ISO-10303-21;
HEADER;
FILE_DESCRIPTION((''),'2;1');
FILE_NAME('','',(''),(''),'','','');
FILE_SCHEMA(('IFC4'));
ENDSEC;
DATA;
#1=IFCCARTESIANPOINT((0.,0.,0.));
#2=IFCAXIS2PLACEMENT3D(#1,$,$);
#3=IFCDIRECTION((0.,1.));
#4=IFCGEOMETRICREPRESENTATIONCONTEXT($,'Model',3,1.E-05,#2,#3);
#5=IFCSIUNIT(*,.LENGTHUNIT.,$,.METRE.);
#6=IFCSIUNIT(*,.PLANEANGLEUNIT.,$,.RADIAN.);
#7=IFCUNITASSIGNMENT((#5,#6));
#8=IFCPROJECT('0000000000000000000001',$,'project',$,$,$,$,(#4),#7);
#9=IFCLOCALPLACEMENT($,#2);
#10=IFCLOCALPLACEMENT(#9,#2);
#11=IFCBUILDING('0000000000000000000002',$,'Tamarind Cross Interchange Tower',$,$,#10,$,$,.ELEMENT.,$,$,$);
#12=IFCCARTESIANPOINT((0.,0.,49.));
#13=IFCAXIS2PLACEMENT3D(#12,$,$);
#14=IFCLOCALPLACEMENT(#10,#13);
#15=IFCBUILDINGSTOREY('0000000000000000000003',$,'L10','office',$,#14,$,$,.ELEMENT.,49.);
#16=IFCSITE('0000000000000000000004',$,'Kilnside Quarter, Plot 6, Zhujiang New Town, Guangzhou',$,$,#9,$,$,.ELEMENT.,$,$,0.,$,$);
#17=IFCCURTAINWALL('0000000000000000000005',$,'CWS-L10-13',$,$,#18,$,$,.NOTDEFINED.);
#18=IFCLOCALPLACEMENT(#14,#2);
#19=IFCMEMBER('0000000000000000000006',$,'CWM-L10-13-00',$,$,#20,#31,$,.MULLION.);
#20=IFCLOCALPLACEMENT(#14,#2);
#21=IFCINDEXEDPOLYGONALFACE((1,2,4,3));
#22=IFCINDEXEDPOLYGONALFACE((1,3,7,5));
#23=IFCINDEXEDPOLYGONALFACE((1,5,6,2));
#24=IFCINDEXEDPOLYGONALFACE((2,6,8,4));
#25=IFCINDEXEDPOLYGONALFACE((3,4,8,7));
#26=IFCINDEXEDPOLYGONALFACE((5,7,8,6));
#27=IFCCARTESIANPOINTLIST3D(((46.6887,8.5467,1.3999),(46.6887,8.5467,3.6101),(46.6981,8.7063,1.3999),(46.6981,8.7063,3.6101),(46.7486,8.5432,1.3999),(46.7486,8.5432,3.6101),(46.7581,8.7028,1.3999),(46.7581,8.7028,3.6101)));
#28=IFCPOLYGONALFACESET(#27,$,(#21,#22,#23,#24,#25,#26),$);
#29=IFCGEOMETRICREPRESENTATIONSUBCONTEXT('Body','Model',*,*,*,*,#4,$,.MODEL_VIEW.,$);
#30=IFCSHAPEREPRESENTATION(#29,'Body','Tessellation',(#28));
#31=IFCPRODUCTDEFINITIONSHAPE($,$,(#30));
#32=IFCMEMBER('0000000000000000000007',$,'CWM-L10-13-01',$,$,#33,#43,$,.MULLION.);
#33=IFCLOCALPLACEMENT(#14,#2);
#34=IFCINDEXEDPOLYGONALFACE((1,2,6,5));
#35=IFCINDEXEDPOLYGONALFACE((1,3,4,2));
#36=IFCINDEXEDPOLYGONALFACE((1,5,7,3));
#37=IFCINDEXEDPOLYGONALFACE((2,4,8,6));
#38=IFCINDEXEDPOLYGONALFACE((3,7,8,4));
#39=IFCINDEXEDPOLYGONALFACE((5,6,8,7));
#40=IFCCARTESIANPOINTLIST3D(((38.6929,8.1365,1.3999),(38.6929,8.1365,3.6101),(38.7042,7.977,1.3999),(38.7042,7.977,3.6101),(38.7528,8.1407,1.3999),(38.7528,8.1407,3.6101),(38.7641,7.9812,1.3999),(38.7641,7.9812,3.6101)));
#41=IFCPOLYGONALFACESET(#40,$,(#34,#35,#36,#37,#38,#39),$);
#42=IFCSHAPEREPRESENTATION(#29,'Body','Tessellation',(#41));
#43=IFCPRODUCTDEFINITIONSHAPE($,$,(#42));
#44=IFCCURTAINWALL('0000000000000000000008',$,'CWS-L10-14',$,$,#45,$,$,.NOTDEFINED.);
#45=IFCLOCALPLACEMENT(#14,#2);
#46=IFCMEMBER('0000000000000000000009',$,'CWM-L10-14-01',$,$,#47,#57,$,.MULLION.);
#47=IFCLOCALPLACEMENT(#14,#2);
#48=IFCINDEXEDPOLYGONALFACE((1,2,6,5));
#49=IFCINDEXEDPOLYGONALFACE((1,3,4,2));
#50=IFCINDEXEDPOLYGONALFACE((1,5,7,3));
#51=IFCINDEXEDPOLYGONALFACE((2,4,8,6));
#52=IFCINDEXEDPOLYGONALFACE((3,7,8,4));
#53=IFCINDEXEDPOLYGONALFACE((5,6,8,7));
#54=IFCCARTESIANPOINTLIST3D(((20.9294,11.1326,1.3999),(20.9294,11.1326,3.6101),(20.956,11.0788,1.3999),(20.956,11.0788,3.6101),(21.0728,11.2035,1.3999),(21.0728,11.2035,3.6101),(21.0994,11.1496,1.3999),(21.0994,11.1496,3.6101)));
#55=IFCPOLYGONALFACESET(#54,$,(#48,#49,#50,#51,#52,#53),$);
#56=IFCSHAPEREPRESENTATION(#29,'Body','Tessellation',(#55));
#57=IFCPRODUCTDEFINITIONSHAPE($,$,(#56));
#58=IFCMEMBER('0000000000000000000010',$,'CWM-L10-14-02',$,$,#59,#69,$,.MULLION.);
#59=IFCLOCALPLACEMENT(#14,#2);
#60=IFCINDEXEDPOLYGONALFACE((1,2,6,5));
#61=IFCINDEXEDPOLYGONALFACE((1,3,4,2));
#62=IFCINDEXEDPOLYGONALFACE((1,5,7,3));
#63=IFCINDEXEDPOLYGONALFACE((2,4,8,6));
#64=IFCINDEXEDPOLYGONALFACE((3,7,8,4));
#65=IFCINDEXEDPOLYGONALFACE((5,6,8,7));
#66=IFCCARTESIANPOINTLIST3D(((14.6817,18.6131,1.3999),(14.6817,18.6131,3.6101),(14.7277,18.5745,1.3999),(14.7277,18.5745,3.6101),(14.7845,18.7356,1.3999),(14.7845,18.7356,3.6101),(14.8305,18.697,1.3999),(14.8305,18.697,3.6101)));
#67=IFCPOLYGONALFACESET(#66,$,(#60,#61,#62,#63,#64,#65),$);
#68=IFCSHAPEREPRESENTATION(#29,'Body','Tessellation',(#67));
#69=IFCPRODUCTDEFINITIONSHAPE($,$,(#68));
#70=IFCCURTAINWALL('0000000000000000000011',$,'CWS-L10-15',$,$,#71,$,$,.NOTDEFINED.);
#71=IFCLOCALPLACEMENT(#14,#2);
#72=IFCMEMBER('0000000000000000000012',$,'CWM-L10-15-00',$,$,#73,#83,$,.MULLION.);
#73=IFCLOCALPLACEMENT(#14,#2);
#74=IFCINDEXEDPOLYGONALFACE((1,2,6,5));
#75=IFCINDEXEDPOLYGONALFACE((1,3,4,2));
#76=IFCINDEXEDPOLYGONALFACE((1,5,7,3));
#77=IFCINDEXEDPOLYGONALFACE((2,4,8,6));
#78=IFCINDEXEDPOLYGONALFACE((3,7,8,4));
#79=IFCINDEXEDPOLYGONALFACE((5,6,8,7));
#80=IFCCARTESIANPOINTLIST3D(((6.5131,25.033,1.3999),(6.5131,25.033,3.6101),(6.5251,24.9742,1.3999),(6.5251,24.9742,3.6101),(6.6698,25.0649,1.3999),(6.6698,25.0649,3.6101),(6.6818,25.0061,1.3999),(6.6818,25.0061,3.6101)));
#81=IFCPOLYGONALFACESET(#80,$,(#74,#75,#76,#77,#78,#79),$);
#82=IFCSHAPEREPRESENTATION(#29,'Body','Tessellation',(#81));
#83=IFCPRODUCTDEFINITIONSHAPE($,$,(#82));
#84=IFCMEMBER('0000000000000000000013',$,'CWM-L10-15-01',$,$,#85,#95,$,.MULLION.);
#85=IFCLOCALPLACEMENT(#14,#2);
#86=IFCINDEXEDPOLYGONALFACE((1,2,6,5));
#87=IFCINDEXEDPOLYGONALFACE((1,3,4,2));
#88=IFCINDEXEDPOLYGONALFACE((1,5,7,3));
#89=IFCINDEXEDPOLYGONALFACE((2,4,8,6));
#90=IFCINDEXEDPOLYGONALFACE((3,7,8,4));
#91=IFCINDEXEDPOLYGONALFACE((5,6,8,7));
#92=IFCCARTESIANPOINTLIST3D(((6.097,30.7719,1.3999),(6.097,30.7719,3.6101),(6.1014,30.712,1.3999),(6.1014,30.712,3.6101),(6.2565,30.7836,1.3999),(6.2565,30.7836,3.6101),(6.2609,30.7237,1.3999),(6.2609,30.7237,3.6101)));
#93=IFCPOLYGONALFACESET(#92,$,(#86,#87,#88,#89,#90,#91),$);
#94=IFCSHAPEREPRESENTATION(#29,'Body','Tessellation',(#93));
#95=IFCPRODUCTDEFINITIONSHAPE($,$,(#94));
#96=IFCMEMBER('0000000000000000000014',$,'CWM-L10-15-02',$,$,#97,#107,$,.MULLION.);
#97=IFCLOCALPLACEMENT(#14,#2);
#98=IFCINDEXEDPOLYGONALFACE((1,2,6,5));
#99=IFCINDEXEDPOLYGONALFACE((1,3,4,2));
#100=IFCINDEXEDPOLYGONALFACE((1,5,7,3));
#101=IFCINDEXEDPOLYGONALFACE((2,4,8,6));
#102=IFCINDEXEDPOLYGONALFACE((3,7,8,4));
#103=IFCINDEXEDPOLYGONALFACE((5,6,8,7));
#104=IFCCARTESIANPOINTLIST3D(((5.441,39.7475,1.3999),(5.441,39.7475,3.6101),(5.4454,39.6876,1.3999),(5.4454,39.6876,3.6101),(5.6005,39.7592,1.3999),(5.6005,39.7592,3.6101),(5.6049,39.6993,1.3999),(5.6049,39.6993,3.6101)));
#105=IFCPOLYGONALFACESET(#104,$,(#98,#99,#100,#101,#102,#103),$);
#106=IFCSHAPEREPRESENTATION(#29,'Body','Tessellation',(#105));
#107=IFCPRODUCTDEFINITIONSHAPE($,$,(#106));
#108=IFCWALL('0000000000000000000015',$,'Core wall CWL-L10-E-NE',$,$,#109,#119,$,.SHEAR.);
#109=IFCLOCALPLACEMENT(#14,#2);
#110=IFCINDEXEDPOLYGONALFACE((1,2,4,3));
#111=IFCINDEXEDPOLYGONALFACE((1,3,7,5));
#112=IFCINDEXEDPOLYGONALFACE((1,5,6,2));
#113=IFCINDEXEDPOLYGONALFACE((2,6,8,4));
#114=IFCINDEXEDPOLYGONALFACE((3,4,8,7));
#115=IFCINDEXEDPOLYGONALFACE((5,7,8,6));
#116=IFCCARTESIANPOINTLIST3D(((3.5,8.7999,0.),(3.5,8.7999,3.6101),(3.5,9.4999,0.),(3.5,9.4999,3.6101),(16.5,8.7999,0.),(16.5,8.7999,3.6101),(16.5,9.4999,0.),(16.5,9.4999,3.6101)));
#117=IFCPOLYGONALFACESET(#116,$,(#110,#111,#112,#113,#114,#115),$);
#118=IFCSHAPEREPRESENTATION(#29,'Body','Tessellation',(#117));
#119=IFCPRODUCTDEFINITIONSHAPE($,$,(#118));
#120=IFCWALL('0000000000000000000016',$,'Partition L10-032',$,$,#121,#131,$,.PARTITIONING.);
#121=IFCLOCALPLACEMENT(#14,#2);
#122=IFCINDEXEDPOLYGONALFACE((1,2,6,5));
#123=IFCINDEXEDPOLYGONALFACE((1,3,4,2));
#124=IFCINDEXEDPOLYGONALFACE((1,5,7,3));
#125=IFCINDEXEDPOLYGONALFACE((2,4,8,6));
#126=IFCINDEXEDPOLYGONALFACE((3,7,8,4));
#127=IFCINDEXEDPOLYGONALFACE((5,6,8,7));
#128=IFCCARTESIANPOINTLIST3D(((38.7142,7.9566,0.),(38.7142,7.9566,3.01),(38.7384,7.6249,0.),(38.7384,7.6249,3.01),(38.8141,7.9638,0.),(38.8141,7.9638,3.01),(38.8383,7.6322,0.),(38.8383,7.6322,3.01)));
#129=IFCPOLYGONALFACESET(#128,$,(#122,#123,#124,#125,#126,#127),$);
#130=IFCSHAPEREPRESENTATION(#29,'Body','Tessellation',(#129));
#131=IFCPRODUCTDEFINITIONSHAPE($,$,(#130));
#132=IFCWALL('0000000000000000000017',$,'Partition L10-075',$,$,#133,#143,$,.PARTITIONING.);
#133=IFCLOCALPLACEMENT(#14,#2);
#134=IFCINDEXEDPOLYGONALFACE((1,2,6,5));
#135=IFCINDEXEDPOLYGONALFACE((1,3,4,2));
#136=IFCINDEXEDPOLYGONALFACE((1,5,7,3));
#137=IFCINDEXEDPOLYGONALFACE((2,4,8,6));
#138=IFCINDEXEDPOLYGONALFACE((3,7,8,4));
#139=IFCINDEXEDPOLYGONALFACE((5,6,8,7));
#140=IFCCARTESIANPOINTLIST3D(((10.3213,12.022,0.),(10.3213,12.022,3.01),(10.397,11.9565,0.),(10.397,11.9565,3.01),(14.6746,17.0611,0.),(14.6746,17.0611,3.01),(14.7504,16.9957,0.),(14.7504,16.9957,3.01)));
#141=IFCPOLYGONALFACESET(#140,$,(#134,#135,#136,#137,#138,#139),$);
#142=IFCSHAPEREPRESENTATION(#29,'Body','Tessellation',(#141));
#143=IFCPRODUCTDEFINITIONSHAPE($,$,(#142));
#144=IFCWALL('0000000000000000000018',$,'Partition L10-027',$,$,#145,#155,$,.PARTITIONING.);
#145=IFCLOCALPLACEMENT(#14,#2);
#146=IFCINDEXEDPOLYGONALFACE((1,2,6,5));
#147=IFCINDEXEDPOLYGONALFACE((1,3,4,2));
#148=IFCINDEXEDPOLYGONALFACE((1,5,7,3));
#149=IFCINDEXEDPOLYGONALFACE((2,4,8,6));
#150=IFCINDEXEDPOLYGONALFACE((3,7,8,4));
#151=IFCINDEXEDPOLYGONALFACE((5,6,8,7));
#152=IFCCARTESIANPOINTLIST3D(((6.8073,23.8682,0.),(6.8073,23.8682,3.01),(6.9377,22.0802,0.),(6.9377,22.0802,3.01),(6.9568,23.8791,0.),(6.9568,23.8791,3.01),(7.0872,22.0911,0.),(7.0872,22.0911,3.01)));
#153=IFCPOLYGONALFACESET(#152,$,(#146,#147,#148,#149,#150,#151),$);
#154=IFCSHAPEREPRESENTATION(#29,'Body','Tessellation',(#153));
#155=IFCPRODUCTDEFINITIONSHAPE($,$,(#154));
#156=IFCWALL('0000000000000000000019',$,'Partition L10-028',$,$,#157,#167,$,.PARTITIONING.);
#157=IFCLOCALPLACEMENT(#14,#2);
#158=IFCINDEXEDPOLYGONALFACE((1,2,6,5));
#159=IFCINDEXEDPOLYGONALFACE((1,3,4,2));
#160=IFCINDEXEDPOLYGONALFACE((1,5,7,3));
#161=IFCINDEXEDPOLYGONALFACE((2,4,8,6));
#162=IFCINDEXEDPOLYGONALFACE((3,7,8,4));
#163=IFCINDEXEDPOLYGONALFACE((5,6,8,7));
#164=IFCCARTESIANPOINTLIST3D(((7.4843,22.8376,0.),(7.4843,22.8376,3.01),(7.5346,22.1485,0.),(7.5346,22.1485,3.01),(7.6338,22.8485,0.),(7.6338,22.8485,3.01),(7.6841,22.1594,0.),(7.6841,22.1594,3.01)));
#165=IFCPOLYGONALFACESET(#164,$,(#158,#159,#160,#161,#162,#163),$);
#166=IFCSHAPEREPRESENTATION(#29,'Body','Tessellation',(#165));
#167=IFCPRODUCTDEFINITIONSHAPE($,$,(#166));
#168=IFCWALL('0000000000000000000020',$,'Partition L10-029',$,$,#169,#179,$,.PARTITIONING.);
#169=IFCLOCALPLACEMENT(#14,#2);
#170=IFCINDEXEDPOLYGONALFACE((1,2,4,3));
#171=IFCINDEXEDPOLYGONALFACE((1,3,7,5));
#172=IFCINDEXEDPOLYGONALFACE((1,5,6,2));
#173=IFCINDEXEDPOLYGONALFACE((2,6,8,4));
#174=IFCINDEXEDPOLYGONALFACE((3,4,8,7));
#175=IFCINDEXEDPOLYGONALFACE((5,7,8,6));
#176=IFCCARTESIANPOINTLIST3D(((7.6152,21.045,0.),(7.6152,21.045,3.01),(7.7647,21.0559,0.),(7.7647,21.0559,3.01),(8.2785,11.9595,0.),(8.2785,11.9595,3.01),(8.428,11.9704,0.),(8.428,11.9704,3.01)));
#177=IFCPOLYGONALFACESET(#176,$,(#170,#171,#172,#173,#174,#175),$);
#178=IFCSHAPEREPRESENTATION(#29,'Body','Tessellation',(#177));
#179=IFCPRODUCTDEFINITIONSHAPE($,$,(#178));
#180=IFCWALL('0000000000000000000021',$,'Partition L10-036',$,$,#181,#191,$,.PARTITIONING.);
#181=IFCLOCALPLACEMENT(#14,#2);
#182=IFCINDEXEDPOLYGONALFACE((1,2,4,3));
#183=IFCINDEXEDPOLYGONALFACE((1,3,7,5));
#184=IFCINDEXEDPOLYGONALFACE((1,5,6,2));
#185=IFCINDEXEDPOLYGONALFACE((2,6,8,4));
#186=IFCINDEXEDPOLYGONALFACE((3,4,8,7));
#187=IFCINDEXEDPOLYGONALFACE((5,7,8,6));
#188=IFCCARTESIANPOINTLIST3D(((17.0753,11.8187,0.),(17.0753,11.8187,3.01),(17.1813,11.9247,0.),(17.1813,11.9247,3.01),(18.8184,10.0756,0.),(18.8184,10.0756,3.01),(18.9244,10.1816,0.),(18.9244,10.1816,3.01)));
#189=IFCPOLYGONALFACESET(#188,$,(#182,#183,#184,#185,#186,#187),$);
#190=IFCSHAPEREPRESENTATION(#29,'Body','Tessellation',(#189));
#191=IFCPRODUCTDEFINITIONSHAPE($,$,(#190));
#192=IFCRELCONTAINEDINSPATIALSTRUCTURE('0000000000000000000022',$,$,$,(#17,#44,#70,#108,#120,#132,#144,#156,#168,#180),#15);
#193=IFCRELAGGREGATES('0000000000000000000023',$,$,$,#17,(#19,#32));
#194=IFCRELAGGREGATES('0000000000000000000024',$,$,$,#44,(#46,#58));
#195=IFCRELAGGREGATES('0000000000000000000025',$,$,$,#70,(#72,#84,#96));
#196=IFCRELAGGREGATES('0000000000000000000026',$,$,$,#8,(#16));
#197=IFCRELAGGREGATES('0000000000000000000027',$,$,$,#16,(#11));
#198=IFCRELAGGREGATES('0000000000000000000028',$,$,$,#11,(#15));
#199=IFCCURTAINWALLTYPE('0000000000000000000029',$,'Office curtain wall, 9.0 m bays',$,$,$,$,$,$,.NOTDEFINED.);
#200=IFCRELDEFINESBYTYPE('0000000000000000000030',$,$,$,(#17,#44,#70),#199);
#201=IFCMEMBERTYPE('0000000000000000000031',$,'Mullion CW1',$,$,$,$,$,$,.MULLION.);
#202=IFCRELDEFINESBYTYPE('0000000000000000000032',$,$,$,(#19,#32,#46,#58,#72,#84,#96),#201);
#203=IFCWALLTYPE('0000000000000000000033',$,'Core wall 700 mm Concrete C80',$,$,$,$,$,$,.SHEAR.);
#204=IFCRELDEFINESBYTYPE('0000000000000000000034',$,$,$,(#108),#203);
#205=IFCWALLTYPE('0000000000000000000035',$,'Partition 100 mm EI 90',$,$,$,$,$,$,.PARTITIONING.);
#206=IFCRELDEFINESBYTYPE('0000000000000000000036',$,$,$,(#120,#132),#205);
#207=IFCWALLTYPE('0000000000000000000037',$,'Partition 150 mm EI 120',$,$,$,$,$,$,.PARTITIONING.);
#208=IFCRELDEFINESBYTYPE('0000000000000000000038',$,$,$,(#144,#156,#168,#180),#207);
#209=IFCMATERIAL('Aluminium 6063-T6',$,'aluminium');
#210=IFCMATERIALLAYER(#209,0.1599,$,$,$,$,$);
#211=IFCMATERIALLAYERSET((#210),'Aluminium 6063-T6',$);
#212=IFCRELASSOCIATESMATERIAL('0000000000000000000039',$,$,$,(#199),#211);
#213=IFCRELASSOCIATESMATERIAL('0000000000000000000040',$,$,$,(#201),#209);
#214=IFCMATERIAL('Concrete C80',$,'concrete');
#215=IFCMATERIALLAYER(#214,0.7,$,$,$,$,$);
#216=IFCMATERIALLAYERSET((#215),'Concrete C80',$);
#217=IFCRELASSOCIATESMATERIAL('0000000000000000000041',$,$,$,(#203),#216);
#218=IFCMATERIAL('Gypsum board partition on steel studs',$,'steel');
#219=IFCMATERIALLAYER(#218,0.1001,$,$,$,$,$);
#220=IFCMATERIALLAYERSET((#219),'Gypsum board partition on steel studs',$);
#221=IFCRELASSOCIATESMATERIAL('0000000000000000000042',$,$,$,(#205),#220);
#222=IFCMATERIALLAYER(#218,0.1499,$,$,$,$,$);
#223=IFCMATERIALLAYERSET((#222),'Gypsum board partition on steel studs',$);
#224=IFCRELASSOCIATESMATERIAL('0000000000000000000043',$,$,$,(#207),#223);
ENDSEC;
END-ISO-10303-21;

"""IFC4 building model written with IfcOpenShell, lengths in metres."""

from ifc_helpers import new_model, si_unit, direction, frame, frame_2d, origin, origin_2d, place, context, subcontext, project, spatial, rectangle, extrude, material, layer, layer_set, material_profile, profile_set, type_object, element, aggregate, save


model = new_model("IFC4")

# Units and contexts
model_context = context("Model", 3, precision=1e-05, world=origin(), true_north=direction((0.0, 1.0)))
body_context = subcontext(model_context, "Body", "Model", "MODEL_VIEW")
ifc_project = project(units=[si_unit("LENGTHUNIT", "METRE"), si_unit("PLANEANGLEUNIT", "RADIAN")], contexts=[model_context])

# Site, building, storey
site_placement = place(None, origin())
site = spatial("IfcSite", under=ifc_project, at=site_placement, Name="Kilnside Quarter, Plot 6, Zhujiang New Town, Guangzhou", CompositionType="ELEMENT", RefElevation=0.0)
building_placement = place(site_placement, origin())
building = spatial("IfcBuilding", under=site, at=building_placement, Name="Tamarind Cross Interchange Tower", CompositionType="ELEMENT")
storey_placement = place(building_placement, frame((0.0, 0.0, 49.0)))
storey = spatial("IfcBuildingStorey", under=building, at=storey_placement, Name="L10", Description="office", CompositionType="ELEMENT", Elevation=49.0)

# Curtain walls, members
ifc_material_1 = material(Name="Aluminium 6063-T6", Category="aluminium")
ifc_layer_1 = layer(ifc_material_1, 0.1599)
ifc_layer_set_1 = layer_set([ifc_layer_1], Name="Aluminium 6063-T6")
curtain_wall_type = type_object("IfcCurtainWallType", Name="Office curtain wall, 9.0 m bays", PredefinedType="NOTDEFINED", material=ifc_layer_set_1)
curtain_wall_1_placement = place(storey_placement, origin())
curtain_wall_1 = element("IfcCurtainWall", 1, at=curtain_wall_1_placement, inside=storey, type_object=curtain_wall_type, Name="CWS-L10-13", PredefinedType="NOTDEFINED")
ifc_material_profile_1 = material_profile(ifc_material_1, rectangle(XDim=0.0601, YDim=0.1599, at=origin_2d()), Name="Mullion CW1")
ifc_profile_set_1 = profile_set([ifc_material_profile_1], Name="Aluminium 6063-T6")
member_type = type_object("IfcMemberType", Name="Mullion CW1", PredefinedType="MULLION", material=ifc_profile_set_1)
member_1_placement = place(storey_placement, frame((46.7234, 8.6248, 1.3999), z_axis=(0.0, 0.0, 1.0), x_axis=(-0.998254, 0.059069, 0.0)))
member_1 = element("IfcMember", 2, at=member_1_placement, type_object=member_type, Name="CWM-L10-13-00", PredefinedType="MULLION", context=body_context, shape_type="SweptSolid", body=[
    extrude(rectangle(XDim=0.0601, YDim=0.1599, at=origin_2d()), origin(), (0.0, 0.0, 1.0), 2.2102),
])
member_2_placement = place(storey_placement, frame((38.7285, 8.0588, 1.3999), z_axis=(0.0, 0.0, 1.0), x_axis=(-0.997505, -0.070594, 0.0)))
member_2 = element("IfcMember", 3, at=member_2_placement, type_object=member_type, Name="CWM-L10-13-01", PredefinedType="MULLION", context=body_context, shape_type="SweptSolid", body=[
    extrude(rectangle(XDim=0.0601, YDim=0.1599, at=origin_2d()), origin(), (0.0, 0.0, 1.0), 2.2102),
])
aggregate(curtain_wall_1, [member_1, member_2])
curtain_wall_2_placement = place(storey_placement, origin())
curtain_wall_2 = element("IfcCurtainWall", 4, at=curtain_wall_2_placement, inside=storey, type_object=curtain_wall_type, Name="CWS-L10-14", PredefinedType="NOTDEFINED")
member_3_placement = place(storey_placement, frame((21.0144, 11.1411, 1.3999), z_axis=(0.0, 0.0, 1.0), x_axis=(-0.443059, 0.896493, 0.0)))
member_3 = element("IfcMember", 5, at=member_3_placement, type_object=member_type, Name="CWM-L10-14-01", PredefinedType="MULLION", context=body_context, shape_type="SweptSolid", body=[
    extrude(rectangle(XDim=0.0601, YDim=0.1599, at=origin_2d()), origin(), (0.0, 0.0, 1.0), 2.2102),
])
member_4_placement = place(storey_placement, frame((14.7561, 18.655, 1.3999), z_axis=(0.0, 0.0, 1.0), x_axis=(-0.765858, 0.643009, 0.0)))
member_4 = element("IfcMember", 6, at=member_4_placement, type_object=member_type, Name="CWM-L10-14-02", PredefinedType="MULLION", context=body_context, shape_type="SweptSolid", body=[
    extrude(rectangle(XDim=0.0601, YDim=0.1599, at=origin_2d()), origin(), (0.0, 0.0, 1.0), 2.2102),
])
aggregate(curtain_wall_2, [member_3, member_4])
curtain_wall_3_placement = place(storey_placement, origin())
curtain_wall_3 = element("IfcCurtainWall", 7, at=curtain_wall_3_placement, inside=storey, type_object=curtain_wall_type, Name="CWS-L10-15", PredefinedType="NOTDEFINED")
member_5_placement = place(storey_placement, frame((6.5974, 25.0195, 1.3999), z_axis=(0.0, 0.0, 1.0), x_axis=(-0.199435, 0.979911, 0.0)))
member_5 = element("IfcMember", 8, at=member_5_placement, type_object=member_type, Name="CWM-L10-15-00", PredefinedType="MULLION", context=body_context, shape_type="SweptSolid", body=[
    extrude(rectangle(XDim=0.0601, YDim=0.1599, at=origin_2d()), origin(), (0.0, 0.0, 1.0), 2.2102),
])
member_6_placement = place(storey_placement, frame((6.179, 30.7478, 1.3999), z_axis=(0.0, 0.0, 1.0), x_axis=(-0.072876, 0.997341, 0.0)))
member_6 = element("IfcMember", 9, at=member_6_placement, type_object=member_type, Name="CWM-L10-15-01", PredefinedType="MULLION", context=body_context, shape_type="SweptSolid", body=[
    extrude(rectangle(XDim=0.0601, YDim=0.1599, at=origin_2d()), origin(), (0.0, 0.0, 1.0), 2.2102),
])
member_7_placement = place(storey_placement, frame((5.5229, 39.7234, 1.3999), z_axis=(0.0, 0.0, 1.0), x_axis=(-0.072876, 0.997341, 0.0)))
member_7 = element("IfcMember", 10, at=member_7_placement, type_object=member_type, Name="CWM-L10-15-02", PredefinedType="MULLION", context=body_context, shape_type="SweptSolid", body=[
    extrude(rectangle(XDim=0.0601, YDim=0.1599, at=origin_2d()), origin(), (0.0, 0.0, 1.0), 2.2102),
])
aggregate(curtain_wall_3, [member_5, member_6, member_7])

# Walls
ifc_material_2 = material(Name="Concrete C80", Category="concrete")
ifc_layer_2 = layer(ifc_material_2, 0.7)
ifc_layer_set_2 = layer_set([ifc_layer_2], Name="Concrete C80")
wall_type_1 = type_object("IfcWallType", Name="Core wall 700 mm Concrete C80", PredefinedType="SHEAR", material=ifc_layer_set_2)
wall_1_placement = place(storey_placement, frame((16.5, 9.1499, 0.0), z_axis=(0.0, 0.0, 1.0), x_axis=(-1.0, 0.0, 0.0)))
element("IfcWall", 11, at=wall_1_placement, inside=storey, type_object=wall_type_1, Name="Core wall CWL-L10-E-NE", PredefinedType="SHEAR", context=body_context, shape_type="SweptSolid", body=[
    extrude(rectangle(XDim=13.0, YDim=0.7, at=frame_2d((6.5, 0.0))), origin(), (0.0, 0.0, 1.0), 3.6101),
])
ifc_material_3 = material(Name="Gypsum board partition on steel studs", Category="steel")
ifc_layer_3 = layer(ifc_material_3, 0.1001)
ifc_layer_set_3 = layer_set([ifc_layer_3], Name="Gypsum board partition on steel studs")
wall_type_2 = type_object("IfcWallType", Name="Partition 100 mm EI 90", PredefinedType="PARTITIONING", material=ifc_layer_set_3)
wall_2_placement = place(storey_placement, frame((38.7642, 7.9602, 0.0), z_axis=(0.0, 0.0, 1.0), x_axis=(0.072708, -0.997353, 0.0)))
element("IfcWall", 12, at=wall_2_placement, inside=storey, type_object=wall_type_2, Name="Partition L10-032", PredefinedType="PARTITIONING", context=body_context, shape_type="SweptSolid", body=[
    extrude(rectangle(XDim=0.3325, YDim=0.1001, at=frame_2d((0.1663, 0.0))), origin(), (0.0, 0.0, 1.0), 3.01),
])
wall_3_placement = place(storey_placement, frame((10.3591, 11.9893, 0.0), z_axis=(0.0, 0.0, 1.0), x_axis=(0.653736, 0.756722, 0.0)))
element("IfcWall", 13, at=wall_3_placement, inside=storey, type_object=wall_type_2, Name="Partition L10-075", PredefinedType="PARTITIONING", context=body_context, shape_type="SweptSolid", body=[
    extrude(rectangle(XDim=6.6592, YDim=0.1001, at=frame_2d((3.3296, 0.0))), origin(), (0.0, 0.0, 1.0), 3.01),
])
ifc_layer_4 = layer(ifc_material_3, 0.1499)
ifc_layer_set_4 = layer_set([ifc_layer_4], Name="Gypsum board partition on steel studs")
wall_type_3 = type_object("IfcWallType", Name="Partition 150 mm EI 120", PredefinedType="PARTITIONING", material=ifc_layer_set_4)
wall_4_placement = place(storey_placement, frame((6.8821, 23.8738, 0.0), z_axis=(0.0, 0.0, 1.0), x_axis=(0.072718, -0.997353, 0.0)))
element("IfcWall", 14, at=wall_4_placement, inside=storey, type_object=wall_type_3, Name="Partition L10-027", PredefinedType="PARTITIONING", context=body_context, shape_type="SweptSolid", body=[
    extrude(rectangle(XDim=1.7927, YDim=0.1499, at=frame_2d((0.8965, 0.0))), origin(), (0.0, 0.0, 1.0), 3.01),
])
wall_5_placement = place(storey_placement, frame((7.5591, 22.843, 0.0), z_axis=(0.0, 0.0, 1.0), x_axis=(0.072804, -0.997346, 0.0)))
element("IfcWall", 15, at=wall_5_placement, inside=storey, type_object=wall_type_3, Name="Partition L10-028", PredefinedType="PARTITIONING", context=body_context, shape_type="SweptSolid", body=[
    extrude(rectangle(XDim=0.6909, YDim=0.1499, at=frame_2d((0.3455, 0.0))), origin(), (0.0, 0.0, 1.0), 3.01),
])
wall_6_placement = place(storey_placement, frame((7.6899, 21.0503, 0.0), z_axis=(0.0, 0.0, 1.0), x_axis=(0.072816, -0.997345, 0.0)))
element("IfcWall", 16, at=wall_6_placement, inside=storey, type_object=wall_type_3, Name="Partition L10-029", PredefinedType="PARTITIONING", context=body_context, shape_type="SweptSolid", body=[
    extrude(rectangle(XDim=9.1096, YDim=0.1499, at=frame_2d((4.5547, 0.0))), origin(), (0.0, 0.0, 1.0), 3.01),
])
wall_7_placement = place(storey_placement, frame((17.1284, 11.8716, 0.0), z_axis=(0.0, 0.0, 1.0), x_axis=(0.707107, -0.707107, 0.0)))
element("IfcWall", 17, at=wall_7_placement, inside=storey, type_object=wall_type_3, Name="Partition L10-036", PredefinedType="PARTITIONING", context=body_context, shape_type="SweptSolid", body=[
    extrude(rectangle(XDim=2.4651, YDim=0.1499, at=frame_2d((1.2324, 0.0))), origin(), (0.0, 0.0, 1.0), 3.01),
])

save(model, "model.ifc")
